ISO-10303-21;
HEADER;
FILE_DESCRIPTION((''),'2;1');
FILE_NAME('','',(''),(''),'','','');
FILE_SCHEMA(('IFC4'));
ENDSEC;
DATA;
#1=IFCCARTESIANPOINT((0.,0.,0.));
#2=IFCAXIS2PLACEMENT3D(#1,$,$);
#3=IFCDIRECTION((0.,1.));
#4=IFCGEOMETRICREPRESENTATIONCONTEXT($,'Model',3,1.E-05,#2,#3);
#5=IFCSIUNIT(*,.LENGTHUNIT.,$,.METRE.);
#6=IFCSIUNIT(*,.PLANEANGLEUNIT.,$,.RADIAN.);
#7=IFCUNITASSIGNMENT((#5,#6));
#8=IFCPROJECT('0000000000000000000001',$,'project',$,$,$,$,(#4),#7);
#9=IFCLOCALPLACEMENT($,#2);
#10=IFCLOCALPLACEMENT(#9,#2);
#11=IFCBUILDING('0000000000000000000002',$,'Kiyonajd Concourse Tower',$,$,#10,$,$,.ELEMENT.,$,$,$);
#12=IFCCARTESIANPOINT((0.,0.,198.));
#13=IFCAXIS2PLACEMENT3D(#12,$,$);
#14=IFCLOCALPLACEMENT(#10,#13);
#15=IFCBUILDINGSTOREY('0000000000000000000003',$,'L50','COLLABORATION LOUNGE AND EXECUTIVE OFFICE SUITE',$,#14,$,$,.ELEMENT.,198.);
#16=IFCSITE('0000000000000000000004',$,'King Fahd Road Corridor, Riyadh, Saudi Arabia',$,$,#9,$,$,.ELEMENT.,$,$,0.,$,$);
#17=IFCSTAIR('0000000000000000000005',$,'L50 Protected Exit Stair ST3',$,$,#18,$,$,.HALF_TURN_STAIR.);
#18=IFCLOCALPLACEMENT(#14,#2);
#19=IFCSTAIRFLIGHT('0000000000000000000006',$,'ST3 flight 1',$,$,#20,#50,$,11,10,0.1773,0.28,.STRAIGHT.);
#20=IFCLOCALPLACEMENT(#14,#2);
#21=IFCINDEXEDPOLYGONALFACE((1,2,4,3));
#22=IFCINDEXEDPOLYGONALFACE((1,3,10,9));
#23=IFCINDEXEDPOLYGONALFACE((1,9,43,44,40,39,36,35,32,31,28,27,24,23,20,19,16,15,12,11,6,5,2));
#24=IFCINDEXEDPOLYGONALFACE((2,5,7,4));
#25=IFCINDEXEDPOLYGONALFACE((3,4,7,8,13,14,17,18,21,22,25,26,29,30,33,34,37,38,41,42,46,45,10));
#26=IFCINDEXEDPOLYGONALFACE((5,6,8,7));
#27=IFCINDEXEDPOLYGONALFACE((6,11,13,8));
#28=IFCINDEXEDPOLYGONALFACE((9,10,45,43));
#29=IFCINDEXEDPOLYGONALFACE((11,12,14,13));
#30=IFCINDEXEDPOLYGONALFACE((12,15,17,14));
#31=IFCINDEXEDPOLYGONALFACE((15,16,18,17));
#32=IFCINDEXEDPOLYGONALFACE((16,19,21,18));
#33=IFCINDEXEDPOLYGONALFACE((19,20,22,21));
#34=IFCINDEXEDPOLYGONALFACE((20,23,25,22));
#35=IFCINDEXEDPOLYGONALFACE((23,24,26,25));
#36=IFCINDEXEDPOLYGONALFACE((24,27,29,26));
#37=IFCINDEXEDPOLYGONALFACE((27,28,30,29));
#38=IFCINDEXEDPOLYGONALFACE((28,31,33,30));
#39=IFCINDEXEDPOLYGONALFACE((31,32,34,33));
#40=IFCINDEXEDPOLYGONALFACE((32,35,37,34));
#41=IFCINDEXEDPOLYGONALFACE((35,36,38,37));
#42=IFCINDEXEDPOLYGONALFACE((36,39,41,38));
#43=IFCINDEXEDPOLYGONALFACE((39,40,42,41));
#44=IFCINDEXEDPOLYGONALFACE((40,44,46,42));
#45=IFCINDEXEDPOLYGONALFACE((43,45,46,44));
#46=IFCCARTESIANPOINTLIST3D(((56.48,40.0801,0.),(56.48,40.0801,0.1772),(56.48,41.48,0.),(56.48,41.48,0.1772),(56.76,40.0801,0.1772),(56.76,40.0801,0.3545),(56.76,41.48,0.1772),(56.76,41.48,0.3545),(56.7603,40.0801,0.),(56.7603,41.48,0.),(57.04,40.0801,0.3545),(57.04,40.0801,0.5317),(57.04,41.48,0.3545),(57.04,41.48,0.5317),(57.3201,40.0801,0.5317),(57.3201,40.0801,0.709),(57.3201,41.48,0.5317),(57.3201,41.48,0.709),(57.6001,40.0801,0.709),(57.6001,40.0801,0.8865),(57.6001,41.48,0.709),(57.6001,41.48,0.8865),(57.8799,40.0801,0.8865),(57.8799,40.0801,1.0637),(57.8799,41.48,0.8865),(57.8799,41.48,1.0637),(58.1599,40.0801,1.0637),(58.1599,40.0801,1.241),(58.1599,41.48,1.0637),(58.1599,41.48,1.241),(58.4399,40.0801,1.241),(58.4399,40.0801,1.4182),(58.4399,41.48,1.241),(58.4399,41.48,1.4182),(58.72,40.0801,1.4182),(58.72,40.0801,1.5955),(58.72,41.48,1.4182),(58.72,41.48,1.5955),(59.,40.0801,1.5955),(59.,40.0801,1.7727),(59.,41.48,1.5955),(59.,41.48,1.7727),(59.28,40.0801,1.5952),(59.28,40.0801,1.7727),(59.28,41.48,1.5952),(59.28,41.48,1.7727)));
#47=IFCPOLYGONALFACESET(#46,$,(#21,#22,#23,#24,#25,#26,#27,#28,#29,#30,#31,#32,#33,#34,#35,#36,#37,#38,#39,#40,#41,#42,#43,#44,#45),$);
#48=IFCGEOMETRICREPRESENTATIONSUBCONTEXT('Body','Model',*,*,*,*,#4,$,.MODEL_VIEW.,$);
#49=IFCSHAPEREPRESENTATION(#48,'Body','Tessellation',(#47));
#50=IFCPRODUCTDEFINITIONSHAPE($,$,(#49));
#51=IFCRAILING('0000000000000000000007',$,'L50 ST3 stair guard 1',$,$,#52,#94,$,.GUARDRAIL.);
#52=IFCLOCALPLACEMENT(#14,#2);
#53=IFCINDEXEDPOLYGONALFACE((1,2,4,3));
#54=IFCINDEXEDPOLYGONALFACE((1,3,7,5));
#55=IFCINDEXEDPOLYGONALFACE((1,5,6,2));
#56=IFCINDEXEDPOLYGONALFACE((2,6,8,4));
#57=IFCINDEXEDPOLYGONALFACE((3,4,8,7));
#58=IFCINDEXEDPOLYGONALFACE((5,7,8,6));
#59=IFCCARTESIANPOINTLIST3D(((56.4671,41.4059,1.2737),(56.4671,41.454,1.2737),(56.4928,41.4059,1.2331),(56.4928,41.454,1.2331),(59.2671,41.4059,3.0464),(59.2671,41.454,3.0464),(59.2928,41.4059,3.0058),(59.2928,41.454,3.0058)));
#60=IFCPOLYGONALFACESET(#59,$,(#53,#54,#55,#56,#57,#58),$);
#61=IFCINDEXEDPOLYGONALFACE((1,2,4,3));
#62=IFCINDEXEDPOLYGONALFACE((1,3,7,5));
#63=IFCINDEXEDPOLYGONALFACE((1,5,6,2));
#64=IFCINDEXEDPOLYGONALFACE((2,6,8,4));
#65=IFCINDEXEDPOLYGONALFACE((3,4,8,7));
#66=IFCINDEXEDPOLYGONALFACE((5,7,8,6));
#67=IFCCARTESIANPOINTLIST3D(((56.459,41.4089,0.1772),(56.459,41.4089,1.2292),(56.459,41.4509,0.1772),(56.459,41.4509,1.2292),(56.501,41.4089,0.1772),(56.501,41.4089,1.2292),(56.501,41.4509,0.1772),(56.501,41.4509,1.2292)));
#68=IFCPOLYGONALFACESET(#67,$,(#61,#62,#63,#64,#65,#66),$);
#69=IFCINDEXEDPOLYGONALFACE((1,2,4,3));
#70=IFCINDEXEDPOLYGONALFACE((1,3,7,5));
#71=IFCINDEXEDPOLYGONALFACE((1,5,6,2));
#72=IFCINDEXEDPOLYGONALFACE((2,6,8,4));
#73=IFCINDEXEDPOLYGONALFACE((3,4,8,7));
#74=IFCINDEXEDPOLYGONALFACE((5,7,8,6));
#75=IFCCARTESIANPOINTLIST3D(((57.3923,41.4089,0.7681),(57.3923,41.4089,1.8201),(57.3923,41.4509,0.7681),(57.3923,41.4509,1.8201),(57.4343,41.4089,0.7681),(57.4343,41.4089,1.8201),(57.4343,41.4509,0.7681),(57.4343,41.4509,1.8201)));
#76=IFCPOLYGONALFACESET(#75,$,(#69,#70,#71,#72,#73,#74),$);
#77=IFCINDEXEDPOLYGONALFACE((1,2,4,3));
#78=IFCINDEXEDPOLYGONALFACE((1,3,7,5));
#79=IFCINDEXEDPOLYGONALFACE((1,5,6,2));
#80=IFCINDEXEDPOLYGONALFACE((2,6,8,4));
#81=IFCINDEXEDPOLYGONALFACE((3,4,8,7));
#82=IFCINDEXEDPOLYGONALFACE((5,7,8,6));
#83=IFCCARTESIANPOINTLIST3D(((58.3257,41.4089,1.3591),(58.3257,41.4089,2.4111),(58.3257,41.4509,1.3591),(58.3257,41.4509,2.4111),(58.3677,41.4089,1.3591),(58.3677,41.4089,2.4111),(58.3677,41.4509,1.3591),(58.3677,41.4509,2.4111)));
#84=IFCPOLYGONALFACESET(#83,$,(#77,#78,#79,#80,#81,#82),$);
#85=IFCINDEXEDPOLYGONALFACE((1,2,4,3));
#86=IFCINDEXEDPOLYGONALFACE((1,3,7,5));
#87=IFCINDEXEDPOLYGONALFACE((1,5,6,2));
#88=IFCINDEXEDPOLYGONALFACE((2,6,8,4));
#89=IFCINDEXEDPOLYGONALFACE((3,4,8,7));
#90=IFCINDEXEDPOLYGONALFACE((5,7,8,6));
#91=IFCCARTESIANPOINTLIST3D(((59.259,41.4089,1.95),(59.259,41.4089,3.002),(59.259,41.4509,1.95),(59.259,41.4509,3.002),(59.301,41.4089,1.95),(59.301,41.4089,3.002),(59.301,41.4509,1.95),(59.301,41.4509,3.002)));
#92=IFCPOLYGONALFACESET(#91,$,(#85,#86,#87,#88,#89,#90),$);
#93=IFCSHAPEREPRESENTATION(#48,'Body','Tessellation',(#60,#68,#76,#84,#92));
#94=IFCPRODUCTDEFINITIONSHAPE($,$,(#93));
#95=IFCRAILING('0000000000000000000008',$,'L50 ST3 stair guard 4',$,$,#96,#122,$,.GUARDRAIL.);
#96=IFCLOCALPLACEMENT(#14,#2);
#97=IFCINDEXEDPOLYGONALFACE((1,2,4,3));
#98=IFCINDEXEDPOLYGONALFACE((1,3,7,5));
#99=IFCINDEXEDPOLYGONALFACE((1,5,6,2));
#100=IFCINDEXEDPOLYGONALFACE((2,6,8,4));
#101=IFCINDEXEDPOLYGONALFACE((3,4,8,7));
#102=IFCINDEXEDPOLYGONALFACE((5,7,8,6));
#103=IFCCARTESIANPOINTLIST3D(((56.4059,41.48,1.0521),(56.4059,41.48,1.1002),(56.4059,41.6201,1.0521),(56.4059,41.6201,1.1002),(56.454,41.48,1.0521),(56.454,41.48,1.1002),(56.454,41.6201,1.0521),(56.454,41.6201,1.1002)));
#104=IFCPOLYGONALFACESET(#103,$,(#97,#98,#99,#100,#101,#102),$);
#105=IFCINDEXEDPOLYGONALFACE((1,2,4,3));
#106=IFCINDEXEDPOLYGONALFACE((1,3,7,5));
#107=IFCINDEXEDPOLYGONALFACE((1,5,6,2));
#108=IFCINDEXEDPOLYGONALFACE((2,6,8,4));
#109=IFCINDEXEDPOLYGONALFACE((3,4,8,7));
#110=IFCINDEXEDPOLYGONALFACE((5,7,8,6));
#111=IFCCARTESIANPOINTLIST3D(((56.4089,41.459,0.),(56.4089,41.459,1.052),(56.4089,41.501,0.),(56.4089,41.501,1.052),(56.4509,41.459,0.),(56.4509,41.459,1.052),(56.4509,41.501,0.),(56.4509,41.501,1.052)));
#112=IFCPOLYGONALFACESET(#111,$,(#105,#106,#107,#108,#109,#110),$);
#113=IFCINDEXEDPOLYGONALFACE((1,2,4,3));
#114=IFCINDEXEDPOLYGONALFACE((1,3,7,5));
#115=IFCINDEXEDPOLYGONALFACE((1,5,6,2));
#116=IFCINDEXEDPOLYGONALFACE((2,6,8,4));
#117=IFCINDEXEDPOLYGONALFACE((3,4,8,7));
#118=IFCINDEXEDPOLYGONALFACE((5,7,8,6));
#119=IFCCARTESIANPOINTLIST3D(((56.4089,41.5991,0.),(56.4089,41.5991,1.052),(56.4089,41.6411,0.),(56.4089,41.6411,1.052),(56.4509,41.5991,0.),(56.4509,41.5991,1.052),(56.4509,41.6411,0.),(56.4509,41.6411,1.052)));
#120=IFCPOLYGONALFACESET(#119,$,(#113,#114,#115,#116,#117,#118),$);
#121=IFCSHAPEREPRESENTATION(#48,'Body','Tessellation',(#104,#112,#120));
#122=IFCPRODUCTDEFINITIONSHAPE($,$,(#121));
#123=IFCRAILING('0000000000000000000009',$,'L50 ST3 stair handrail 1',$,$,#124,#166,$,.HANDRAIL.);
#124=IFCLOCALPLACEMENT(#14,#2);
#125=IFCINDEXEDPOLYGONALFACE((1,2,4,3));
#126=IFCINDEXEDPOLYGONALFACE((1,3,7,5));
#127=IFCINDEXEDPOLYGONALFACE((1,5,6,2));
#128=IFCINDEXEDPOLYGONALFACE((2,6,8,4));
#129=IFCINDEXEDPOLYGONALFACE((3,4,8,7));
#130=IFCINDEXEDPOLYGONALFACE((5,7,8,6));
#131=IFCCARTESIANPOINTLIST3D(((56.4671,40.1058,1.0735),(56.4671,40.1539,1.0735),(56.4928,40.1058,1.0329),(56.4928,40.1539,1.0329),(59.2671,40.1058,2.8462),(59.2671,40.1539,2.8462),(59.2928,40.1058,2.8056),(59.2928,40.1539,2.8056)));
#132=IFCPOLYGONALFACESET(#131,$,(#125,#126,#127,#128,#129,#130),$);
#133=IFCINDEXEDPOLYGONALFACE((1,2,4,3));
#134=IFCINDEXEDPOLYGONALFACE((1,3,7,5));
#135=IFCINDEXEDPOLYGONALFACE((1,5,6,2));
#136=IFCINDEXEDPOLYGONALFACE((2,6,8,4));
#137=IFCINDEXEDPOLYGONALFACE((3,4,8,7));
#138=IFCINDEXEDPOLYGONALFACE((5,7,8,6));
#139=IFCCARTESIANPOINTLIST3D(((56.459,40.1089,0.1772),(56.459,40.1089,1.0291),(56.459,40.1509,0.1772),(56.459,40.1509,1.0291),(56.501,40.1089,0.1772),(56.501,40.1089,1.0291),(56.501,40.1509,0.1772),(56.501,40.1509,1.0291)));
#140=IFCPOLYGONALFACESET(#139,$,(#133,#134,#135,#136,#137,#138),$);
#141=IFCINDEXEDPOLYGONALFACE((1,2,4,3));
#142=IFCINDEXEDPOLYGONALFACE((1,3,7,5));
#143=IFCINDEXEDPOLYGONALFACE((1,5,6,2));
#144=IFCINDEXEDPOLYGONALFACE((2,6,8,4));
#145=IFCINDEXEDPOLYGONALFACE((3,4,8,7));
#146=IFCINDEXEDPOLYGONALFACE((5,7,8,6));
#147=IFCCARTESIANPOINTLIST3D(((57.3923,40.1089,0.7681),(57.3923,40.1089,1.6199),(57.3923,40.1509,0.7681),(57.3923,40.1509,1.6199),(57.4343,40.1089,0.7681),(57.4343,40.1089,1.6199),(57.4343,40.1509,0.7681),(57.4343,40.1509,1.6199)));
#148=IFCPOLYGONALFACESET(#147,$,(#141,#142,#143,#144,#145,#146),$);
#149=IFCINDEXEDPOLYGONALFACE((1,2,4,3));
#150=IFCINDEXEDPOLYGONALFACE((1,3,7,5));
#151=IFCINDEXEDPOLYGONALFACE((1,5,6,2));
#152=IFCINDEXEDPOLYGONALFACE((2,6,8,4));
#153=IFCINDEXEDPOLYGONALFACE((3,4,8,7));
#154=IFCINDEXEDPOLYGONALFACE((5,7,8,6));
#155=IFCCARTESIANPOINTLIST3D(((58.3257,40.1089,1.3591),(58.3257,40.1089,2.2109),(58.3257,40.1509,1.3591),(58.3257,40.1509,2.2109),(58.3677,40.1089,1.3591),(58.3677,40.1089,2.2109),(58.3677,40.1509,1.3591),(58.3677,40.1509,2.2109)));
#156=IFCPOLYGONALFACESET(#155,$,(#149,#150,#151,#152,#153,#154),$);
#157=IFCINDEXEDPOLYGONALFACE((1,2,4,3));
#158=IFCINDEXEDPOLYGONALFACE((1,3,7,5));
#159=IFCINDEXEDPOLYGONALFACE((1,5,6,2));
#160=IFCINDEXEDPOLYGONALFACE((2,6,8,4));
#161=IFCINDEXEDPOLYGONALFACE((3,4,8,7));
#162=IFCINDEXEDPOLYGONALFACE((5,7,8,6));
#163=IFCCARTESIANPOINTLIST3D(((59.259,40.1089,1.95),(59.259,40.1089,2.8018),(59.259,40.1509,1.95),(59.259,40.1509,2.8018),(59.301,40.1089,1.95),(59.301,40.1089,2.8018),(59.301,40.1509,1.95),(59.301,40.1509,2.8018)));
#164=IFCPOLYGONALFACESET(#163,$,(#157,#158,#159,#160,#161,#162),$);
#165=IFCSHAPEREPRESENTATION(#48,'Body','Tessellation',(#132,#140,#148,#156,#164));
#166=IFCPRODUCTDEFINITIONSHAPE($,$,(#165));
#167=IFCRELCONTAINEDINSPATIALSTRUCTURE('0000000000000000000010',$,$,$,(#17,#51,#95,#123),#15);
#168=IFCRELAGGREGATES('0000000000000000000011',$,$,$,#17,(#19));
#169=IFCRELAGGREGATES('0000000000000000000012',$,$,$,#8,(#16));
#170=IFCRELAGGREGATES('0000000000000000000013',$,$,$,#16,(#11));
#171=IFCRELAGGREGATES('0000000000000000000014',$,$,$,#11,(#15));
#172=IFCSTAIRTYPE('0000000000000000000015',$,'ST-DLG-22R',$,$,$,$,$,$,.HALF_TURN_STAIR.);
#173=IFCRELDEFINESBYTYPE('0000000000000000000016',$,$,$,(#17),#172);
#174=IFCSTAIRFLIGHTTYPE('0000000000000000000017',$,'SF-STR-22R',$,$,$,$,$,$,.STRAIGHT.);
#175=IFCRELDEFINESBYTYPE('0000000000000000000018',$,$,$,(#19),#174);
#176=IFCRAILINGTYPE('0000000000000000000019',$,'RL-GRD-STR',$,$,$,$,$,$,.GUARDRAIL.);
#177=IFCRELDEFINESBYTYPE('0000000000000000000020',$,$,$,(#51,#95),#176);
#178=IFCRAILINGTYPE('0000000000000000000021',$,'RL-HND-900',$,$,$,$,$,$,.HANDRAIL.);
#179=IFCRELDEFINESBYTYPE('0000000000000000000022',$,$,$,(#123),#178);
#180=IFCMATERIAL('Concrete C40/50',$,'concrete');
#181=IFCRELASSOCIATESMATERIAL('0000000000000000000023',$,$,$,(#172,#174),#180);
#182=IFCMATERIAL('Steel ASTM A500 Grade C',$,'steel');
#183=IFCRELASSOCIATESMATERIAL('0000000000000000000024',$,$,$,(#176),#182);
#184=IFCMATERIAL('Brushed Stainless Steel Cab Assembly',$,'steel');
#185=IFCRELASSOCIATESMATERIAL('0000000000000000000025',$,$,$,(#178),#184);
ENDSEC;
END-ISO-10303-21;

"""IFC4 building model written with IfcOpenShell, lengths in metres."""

from ifc_helpers import new_model, si_unit, direction, frame, origin, origin_2d, place, context, subcontext, project, spatial, polyline, rectangle, outline, extrude, material, type_object, element, aggregate, save


model = new_model("IFC4")

# Units and contexts
model_context = context("Model", 3, precision=1e-05, world=origin(), true_north=direction((0.0, 1.0)))
body_context = subcontext(model_context, "Body", "Model", "MODEL_VIEW")
ifc_project = project(units=[si_unit("LENGTHUNIT", "METRE"), si_unit("PLANEANGLEUNIT", "RADIAN")], contexts=[model_context])

# Site, building, storey
site_placement = place(None, origin())
site = spatial("IfcSite", under=ifc_project, at=site_placement, Name="King Fahd Road Corridor, Riyadh, Saudi Arabia", CompositionType="ELEMENT", RefElevation=0.0)
building_placement = place(site_placement, origin())
building = spatial("IfcBuilding", under=site, at=building_placement, Name="Kiyonajd Concourse Tower", CompositionType="ELEMENT")
storey_placement = place(building_placement, frame((0.0, 0.0, 198.0)))
storey = spatial("IfcBuildingStorey", under=building, at=storey_placement, Name="L50", Description="COLLABORATION LOUNGE AND EXECUTIVE OFFICE SUITE", CompositionType="ELEMENT", Elevation=198.0)

# Shared definitions
ifc_material_1 = material(Name="Brushed Stainless Steel Cab Assembly", Category="steel")

# Stair, stair flight
ifc_material_2 = material(Name="Concrete C40/50", Category="concrete")
stair_type = type_object("IfcStairType", Name="ST-DLG-22R", PredefinedType="HALF_TURN_STAIR", material=ifc_material_2)
stair_placement = place(storey_placement, origin())
stair = element("IfcStair", 1, at=stair_placement, inside=storey, type_object=stair_type, Name="L50 Protected Exit Stair ST3", PredefinedType="HALF_TURN_STAIR")
stair_flight_type = type_object("IfcStairFlightType", Name="SF-STR-22R", PredefinedType="STRAIGHT", material=ifc_material_2)
stair_flight_placement = place(storey_placement, frame((56.48, 40.78, 0.0), z_axis=(0.0, 0.0, 1.0), x_axis=(1.0, 0.0, 0.0)))
stair_flight = element("IfcStairFlight", 2, at=stair_flight_placement, type_object=stair_flight_type, Name="ST3 flight 1", NumberOfRisers=11, NumberOfTreads=10, PredefinedType="STRAIGHT", RiserHeight=0.1773, TreadLength=0.28, context=body_context, shape_type="SweptSolid", body=[
    extrude(outline(polyline([(0.0, 0.0), (0.0, 0.1772), (0.28, 0.1772), (0.28, 0.3545), (0.5601, 0.3545), (0.5601, 0.5317), (0.8401, 0.5317), (0.8401, 0.709), (1.1201, 0.709), (1.1201, 0.8865), (1.3999, 0.8865), (1.3999, 1.0637), (1.6799, 1.0637), (1.6799, 1.241), (1.96, 1.241), (1.96, 1.4182), (2.24, 1.4182), (2.24, 1.5955), (2.52, 1.5955), (2.52, 1.7727), (2.8, 1.7727), (2.8, 1.95), (2.8, 1.5952), (0.2803, 0.0), (0.0, 0.0)])), frame((0.0, 0.7, 0.0), z_axis=(0.0, -1.0, 0.0), x_axis=(1.0, 0.0, 0.0)), (0.0, 0.0, 1.0), 1.3999),
])
aggregate(stair, [stair_flight])

# Railings
ifc_material_3 = material(Name="Steel ASTM A500 Grade C", Category="steel")
railing_type_1 = type_object("IfcRailingType", Name="RL-GRD-STR", PredefinedType="GUARDRAIL", material=ifc_material_3)
railing_1_placement = place(storey_placement, frame((56.48, 41.4299, 0.1772)))
element("IfcRailing", 3, at=railing_1_placement, inside=storey, type_object=railing_type_1, Name="L50 ST3 stair guard 1", PredefinedType="GUARDRAIL", context=body_context, shape_type="SweptSolid", body=[
    extrude(rectangle(XDim=0.0481, YDim=0.0481, at=origin_2d()), frame((0.0, 0.0, 1.0762), z_axis=(0.844909, 0.0, 0.53491), x_axis=(0.0, 1.0, 0.0)), (0.0, 0.0, 1.0), 3.314),
    extrude(rectangle(XDim=0.042, YDim=0.042, at=origin_2d()), origin(), (0.0, 0.0, 1.0), 1.052),
    extrude(rectangle(XDim=0.042, YDim=0.042, at=origin_2d()), frame((0.9333, 0.0, 0.5908)), (0.0, 0.0, 1.0), 1.052),
    extrude(rectangle(XDim=0.042, YDim=0.042, at=origin_2d()), frame((1.8667, 0.0, 1.1819)), (0.0, 0.0, 1.0), 1.052),
    extrude(rectangle(XDim=0.042, YDim=0.042, at=origin_2d()), frame((2.8, 0.0, 1.7727)), (0.0, 0.0, 1.0), 1.052),
])
railing_2_placement = place(storey_placement, frame((56.4299, 41.48, 0.0)))
element("IfcRailing", 4, at=railing_2_placement, inside=storey, type_object=railing_type_1, Name="L50 ST3 stair guard 4", PredefinedType="GUARDRAIL", context=body_context, shape_type="SweptSolid", body=[
    extrude(rectangle(XDim=0.0481, YDim=0.0481, at=origin_2d()), frame((0.0, 0.0, 1.0762), z_axis=(0.0, 1.0, 0.0), x_axis=(-1.0, 0.0, 0.0)), (0.0, 0.0, 1.0), 0.1401),
    extrude(rectangle(XDim=0.042, YDim=0.042, at=origin_2d()), origin(), (0.0, 0.0, 1.0), 1.052),
    extrude(rectangle(XDim=0.042, YDim=0.042, at=origin_2d()), frame((0.0, 0.1401, 0.0)), (0.0, 0.0, 1.0), 1.052),
])
railing_type_2 = type_object("IfcRailingType", Name="RL-HND-900", PredefinedType="HANDRAIL", material=ifc_material_1)
railing_3_placement = place(storey_placement, frame((56.48, 40.1299, 0.1772)))
element("IfcRailing", 5, at=railing_3_placement, inside=storey, type_object=railing_type_2, Name="L50 ST3 stair handrail 1", PredefinedType="HANDRAIL", context=body_context, shape_type="SweptSolid", body=[
    extrude(rectangle(XDim=0.0481, YDim=0.0481, at=origin_2d()), frame((0.0, 0.0, 0.876), z_axis=(0.844909, 0.0, 0.53491), x_axis=(0.0, 1.0, 0.0)), (0.0, 0.0, 1.0), 3.314),
    extrude(rectangle(XDim=0.042, YDim=0.042, at=origin_2d()), origin(), (0.0, 0.0, 1.0), 0.8518),
    extrude(rectangle(XDim=0.042, YDim=0.042, at=origin_2d()), frame((0.9333, 0.0, 0.5908)), (0.0, 0.0, 1.0), 0.8518),
    extrude(rectangle(XDim=0.042, YDim=0.042, at=origin_2d()), frame((1.8667, 0.0, 1.1819)), (0.0, 0.0, 1.0), 0.8518),
    extrude(rectangle(XDim=0.042, YDim=0.042, at=origin_2d()), frame((2.8, 0.0, 1.7727)), (0.0, 0.0, 1.0), 0.8518),
])

save(model, "model.ifc")
